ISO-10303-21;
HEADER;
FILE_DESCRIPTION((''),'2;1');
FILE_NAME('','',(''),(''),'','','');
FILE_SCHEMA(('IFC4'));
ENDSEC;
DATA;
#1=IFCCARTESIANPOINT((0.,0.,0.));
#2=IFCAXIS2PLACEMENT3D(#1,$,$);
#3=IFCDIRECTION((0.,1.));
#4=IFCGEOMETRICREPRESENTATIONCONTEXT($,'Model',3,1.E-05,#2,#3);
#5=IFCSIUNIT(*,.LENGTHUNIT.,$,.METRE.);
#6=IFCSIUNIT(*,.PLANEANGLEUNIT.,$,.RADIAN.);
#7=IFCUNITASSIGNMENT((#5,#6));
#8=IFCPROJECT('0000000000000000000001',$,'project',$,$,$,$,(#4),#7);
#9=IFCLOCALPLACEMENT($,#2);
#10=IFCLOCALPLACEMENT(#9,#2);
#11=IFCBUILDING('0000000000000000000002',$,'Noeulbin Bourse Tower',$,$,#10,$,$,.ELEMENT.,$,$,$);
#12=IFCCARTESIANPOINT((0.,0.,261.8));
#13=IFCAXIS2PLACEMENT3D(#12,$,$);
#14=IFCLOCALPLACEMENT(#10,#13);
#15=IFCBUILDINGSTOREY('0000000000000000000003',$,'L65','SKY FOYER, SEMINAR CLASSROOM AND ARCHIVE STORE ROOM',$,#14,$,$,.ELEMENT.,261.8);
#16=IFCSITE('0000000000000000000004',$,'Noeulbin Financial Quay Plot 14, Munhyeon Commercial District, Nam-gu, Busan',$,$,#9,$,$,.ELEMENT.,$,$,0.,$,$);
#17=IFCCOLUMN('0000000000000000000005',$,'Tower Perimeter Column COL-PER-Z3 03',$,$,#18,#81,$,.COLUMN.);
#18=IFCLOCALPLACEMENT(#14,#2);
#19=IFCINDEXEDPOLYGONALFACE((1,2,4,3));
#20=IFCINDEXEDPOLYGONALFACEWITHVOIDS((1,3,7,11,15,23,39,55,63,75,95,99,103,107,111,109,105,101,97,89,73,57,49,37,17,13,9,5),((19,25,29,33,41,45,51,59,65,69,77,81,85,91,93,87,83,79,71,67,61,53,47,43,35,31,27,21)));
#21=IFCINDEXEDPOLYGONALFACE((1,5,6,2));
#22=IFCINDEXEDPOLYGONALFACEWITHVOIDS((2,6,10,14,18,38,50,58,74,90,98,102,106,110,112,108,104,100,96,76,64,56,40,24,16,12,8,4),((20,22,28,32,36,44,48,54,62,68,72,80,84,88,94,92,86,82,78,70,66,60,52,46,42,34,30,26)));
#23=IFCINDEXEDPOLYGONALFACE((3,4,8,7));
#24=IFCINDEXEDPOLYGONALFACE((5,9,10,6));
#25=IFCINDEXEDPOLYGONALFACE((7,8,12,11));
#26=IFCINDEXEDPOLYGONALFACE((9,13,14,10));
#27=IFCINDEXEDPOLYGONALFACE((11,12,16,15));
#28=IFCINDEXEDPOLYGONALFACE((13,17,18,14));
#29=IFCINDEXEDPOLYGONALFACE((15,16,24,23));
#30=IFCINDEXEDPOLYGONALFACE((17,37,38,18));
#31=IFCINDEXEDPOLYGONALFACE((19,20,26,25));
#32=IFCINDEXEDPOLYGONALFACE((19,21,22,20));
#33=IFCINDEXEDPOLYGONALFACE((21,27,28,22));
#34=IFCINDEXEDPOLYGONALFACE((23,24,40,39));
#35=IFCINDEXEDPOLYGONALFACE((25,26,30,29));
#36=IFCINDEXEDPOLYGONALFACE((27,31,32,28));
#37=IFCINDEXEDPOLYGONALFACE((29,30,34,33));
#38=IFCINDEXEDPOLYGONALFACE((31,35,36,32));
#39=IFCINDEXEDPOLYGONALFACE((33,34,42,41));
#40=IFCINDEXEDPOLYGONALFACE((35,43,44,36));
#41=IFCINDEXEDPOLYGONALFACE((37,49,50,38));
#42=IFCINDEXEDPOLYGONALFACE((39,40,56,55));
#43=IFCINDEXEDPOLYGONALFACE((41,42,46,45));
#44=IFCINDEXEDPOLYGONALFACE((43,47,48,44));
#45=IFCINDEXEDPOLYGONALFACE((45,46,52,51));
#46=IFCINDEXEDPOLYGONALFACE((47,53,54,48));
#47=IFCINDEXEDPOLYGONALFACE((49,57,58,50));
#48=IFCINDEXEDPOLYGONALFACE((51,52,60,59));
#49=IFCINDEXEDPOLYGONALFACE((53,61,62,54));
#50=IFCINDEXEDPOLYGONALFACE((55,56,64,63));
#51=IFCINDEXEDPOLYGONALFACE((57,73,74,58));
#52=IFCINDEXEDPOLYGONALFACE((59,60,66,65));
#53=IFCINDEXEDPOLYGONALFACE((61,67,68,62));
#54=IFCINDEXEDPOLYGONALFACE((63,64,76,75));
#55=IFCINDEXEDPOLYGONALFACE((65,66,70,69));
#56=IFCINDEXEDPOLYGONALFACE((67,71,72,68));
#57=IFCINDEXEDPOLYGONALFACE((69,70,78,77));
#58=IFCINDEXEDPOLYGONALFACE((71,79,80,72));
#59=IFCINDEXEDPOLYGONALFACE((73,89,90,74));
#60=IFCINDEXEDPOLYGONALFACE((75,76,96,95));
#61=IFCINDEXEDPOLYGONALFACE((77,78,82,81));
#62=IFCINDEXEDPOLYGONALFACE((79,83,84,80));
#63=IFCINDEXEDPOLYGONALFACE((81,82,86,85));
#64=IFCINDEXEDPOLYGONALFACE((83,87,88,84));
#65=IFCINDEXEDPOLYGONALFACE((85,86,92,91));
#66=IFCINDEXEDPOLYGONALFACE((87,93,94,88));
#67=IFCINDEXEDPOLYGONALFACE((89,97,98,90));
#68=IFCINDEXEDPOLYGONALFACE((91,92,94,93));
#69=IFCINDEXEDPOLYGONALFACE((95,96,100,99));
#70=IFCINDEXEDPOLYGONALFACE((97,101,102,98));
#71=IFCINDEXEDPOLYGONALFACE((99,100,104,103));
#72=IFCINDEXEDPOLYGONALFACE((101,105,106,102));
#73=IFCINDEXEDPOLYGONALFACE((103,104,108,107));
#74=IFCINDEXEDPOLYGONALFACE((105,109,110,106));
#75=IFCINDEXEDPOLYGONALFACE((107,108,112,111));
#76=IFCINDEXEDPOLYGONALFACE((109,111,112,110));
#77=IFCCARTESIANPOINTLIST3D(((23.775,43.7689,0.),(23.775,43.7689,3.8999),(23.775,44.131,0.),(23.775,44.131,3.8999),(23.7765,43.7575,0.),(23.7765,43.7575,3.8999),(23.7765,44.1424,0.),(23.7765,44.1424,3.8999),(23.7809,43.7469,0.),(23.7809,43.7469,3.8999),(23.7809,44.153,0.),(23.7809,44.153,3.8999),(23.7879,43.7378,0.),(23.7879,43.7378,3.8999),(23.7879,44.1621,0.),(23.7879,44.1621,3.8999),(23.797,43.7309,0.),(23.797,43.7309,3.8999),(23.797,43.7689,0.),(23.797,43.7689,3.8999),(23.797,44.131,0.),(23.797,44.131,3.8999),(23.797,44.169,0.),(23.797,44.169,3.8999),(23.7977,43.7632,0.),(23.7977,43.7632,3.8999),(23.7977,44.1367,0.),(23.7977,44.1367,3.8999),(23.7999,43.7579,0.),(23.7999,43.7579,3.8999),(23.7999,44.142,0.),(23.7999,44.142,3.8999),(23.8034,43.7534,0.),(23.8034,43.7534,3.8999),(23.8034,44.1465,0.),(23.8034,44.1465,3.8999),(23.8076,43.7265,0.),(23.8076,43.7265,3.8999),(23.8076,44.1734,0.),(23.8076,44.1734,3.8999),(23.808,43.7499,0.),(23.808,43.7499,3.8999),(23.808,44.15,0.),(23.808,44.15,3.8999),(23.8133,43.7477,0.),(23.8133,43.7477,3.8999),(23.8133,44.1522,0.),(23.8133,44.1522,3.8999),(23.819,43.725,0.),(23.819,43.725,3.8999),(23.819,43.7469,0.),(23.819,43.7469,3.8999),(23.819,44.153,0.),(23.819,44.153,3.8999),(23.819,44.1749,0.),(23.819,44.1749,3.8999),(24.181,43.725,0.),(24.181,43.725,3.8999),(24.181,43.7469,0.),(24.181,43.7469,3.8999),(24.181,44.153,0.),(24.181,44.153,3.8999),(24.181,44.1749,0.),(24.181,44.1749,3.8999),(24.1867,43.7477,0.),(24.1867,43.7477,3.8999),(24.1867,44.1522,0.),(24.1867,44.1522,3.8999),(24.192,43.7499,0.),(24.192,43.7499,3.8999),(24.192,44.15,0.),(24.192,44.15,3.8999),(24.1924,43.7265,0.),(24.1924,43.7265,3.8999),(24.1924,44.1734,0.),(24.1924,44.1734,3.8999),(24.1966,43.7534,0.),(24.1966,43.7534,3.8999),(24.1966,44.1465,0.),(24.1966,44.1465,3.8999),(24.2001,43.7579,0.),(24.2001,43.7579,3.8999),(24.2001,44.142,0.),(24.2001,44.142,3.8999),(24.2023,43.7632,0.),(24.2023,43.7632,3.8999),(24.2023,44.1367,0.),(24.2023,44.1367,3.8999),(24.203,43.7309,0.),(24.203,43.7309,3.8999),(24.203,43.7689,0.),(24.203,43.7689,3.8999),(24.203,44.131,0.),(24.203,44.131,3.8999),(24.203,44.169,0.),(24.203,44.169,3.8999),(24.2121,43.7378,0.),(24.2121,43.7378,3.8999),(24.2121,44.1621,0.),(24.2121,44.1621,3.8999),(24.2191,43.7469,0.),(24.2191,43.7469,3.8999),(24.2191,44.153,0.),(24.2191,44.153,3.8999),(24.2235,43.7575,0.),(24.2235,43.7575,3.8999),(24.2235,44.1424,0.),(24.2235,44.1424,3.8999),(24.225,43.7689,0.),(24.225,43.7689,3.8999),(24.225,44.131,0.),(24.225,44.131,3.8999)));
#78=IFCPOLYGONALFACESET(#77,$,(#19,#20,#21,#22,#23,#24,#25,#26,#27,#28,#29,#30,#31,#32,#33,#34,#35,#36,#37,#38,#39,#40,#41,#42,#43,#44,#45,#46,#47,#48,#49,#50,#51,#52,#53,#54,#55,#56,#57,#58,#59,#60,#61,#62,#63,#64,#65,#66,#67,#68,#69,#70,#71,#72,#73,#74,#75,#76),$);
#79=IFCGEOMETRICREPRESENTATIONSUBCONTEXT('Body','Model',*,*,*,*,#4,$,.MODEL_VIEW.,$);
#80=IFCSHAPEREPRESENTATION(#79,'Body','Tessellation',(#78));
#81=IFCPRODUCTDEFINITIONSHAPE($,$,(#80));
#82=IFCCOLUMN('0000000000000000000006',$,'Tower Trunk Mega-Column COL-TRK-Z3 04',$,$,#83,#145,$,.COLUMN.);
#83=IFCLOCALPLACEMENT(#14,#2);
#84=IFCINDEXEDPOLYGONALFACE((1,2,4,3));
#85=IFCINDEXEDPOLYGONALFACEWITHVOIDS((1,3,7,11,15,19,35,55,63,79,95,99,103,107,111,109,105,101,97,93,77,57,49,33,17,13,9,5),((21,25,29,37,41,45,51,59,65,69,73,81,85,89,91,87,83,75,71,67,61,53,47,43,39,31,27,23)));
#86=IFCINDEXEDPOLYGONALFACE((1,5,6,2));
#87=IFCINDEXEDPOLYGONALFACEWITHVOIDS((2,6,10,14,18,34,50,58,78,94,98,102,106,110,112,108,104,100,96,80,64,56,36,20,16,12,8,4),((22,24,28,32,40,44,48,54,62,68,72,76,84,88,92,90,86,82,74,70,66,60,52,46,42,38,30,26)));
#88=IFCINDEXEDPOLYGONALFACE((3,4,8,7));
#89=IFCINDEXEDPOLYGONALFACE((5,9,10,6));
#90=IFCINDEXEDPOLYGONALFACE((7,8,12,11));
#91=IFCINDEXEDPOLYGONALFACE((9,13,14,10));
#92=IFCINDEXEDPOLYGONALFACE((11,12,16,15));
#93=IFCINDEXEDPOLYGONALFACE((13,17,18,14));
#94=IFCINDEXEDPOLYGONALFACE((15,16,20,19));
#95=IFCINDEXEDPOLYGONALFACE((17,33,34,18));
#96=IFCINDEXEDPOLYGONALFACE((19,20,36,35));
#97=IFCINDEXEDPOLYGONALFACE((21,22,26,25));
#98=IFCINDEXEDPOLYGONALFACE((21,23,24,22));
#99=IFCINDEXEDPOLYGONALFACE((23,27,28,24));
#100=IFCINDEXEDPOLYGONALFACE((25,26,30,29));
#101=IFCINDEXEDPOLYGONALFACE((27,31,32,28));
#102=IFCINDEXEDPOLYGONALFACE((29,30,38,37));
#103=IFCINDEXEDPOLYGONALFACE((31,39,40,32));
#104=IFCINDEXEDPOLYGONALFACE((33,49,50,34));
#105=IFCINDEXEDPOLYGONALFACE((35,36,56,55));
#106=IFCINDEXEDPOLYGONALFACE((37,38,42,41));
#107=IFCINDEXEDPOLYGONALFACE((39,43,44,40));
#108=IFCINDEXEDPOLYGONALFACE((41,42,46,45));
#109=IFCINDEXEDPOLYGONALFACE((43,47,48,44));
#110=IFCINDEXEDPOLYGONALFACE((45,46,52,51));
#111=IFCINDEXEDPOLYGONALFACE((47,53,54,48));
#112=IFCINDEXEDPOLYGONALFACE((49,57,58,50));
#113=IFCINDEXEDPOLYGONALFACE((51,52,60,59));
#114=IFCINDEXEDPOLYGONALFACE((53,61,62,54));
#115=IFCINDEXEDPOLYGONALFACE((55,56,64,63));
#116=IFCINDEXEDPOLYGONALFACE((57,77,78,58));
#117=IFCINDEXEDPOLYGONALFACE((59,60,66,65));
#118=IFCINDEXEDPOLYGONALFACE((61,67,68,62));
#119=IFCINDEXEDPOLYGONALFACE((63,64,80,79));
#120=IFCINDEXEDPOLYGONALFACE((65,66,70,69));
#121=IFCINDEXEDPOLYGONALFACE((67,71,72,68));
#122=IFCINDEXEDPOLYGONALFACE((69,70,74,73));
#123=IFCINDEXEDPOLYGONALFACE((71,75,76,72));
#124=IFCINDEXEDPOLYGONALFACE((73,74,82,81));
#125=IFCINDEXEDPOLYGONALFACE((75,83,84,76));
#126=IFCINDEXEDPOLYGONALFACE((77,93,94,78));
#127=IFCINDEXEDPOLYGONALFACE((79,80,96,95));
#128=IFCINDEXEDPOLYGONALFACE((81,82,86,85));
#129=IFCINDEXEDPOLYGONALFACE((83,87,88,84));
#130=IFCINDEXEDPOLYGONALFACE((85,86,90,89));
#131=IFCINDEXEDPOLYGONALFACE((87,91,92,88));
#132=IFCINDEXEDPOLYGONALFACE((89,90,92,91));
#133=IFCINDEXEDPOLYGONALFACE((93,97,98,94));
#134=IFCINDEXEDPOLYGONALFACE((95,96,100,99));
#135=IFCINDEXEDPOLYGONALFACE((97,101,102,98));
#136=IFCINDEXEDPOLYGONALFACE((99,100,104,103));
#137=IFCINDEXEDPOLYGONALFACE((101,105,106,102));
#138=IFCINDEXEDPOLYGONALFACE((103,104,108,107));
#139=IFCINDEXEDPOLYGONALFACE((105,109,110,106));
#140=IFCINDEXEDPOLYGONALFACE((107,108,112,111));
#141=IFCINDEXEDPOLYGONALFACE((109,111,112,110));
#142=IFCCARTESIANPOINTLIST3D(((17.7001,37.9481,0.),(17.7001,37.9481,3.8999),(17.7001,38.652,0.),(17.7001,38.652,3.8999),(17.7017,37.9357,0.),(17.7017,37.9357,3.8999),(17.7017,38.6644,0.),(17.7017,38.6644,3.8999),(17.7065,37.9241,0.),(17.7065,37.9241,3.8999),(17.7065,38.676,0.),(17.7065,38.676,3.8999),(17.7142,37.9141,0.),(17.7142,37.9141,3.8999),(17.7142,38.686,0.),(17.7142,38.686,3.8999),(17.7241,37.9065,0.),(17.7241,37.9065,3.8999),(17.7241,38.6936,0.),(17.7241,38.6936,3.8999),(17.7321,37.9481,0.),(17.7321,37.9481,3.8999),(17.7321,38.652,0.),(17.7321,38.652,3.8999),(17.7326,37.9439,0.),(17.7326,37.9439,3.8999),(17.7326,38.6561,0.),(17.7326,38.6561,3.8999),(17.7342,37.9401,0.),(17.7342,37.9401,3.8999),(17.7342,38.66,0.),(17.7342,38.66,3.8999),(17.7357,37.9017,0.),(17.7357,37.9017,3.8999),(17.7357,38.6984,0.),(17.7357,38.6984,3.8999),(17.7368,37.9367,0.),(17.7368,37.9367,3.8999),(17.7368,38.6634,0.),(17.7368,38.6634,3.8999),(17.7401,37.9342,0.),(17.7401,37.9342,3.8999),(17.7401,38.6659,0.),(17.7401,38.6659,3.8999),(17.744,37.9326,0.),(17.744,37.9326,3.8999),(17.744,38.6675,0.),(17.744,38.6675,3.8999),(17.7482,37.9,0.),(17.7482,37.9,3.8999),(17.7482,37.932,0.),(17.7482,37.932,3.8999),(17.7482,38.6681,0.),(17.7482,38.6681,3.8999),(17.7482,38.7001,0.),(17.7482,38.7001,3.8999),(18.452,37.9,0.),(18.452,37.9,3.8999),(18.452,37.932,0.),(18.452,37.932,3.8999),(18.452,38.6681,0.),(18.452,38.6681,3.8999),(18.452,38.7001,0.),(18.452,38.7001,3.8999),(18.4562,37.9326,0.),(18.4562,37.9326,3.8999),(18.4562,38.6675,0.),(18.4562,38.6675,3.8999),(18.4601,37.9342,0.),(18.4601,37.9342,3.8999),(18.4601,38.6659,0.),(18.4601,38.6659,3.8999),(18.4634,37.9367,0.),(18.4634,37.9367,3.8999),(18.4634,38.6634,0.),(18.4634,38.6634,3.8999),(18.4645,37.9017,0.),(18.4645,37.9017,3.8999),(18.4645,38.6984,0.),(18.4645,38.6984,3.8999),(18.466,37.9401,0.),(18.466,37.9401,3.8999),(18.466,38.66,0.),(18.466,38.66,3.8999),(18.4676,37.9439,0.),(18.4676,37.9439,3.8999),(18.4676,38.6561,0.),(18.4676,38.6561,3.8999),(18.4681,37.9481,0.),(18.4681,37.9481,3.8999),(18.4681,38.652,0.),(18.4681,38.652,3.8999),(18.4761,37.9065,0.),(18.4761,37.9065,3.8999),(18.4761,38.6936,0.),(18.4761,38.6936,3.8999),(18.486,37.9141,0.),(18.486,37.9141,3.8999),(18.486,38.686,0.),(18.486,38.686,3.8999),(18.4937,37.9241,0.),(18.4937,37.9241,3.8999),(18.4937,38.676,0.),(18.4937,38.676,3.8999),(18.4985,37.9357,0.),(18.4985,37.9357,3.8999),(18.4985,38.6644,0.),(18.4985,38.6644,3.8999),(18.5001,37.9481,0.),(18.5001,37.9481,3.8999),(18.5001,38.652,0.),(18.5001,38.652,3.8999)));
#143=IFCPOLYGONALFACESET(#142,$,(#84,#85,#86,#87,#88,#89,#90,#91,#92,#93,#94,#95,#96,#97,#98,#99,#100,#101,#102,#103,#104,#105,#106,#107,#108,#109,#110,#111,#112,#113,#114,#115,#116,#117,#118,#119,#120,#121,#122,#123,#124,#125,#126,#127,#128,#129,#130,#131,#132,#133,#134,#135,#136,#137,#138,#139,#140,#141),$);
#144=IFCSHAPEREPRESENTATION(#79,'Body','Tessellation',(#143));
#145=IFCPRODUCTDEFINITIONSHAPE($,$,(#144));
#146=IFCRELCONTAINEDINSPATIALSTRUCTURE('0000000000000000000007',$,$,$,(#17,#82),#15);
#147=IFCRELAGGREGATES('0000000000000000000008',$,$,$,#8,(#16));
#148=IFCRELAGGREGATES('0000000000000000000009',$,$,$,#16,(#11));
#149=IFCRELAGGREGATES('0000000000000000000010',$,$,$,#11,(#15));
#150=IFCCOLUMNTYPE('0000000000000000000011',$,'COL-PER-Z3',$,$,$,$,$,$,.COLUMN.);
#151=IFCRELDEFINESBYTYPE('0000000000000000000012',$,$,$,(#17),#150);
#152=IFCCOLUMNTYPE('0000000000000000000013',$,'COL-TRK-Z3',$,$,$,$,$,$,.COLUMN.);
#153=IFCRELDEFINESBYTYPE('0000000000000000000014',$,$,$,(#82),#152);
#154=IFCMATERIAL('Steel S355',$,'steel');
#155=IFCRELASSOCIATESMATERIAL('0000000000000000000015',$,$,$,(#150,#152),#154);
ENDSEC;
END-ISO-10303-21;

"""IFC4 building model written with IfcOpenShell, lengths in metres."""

from ifc_helpers import new_model, si_unit, direction, frame, origin, origin_2d, place, context, subcontext, project, spatial, hollow_rectangle, extrude, material, material_profile, profile_set, type_object, element, save


model = new_model("IFC4")

# Units and contexts
model_context = context("Model", 3, precision=1e-05, world=origin(), true_north=direction((0.0, 1.0)))
body_context = subcontext(model_context, "Body", "Model", "MODEL_VIEW")
ifc_project = project(units=[si_unit("LENGTHUNIT", "METRE"), si_unit("PLANEANGLEUNIT", "RADIAN")], contexts=[model_context])

# Site, building, storey
site_placement = place(None, origin())
site = spatial("IfcSite", under=ifc_project, at=site_placement, Name="Noeulbin Financial Quay Plot 14, Munhyeon Commercial District, Nam-gu, Busan", CompositionType="ELEMENT", RefElevation=0.0)
building_placement = place(site_placement, origin())
building = spatial("IfcBuilding", under=site, at=building_placement, Name="Noeulbin Bourse Tower", CompositionType="ELEMENT")
storey_placement = place(building_placement, frame((0.0, 0.0, 261.8)))
storey = spatial("IfcBuildingStorey", under=building, at=storey_placement, Name="L65", Description="SKY FOYER, SEMINAR CLASSROOM AND ARCHIVE STORE ROOM", CompositionType="ELEMENT", Elevation=261.8)

# Columns
ifc_material_1 = material(Name="Steel S355", Category="steel")
ifc_material_profile_1 = material_profile(ifc_material_1, hollow_rectangle(XDim=0.45, YDim=0.45, WallThickness=0.022, InnerFilletRadius=0.022, OuterFilletRadius=0.0439, at=origin_2d()), Name="SHS-450x450x22", Category="LoadBearing")
ifc_profile_set_1 = profile_set([ifc_material_profile_1], Name="Steel S355")
column_type_1 = type_object("IfcColumnType", Name="COL-PER-Z3", PredefinedType="COLUMN", material=ifc_profile_set_1)
column_placement = place(storey_placement, frame((24.0, 43.95, 0.0), z_axis=(0.0, 0.0, 1.0), x_axis=(1.0, 0.0, 0.0)))
element("IfcColumn", 1, at=column_placement, inside=storey, type_object=column_type_1, Name="Tower Perimeter Column COL-PER-Z3 03", PredefinedType="COLUMN", context=body_context, shape_type="SweptSolid", body=[
    extrude(hollow_rectangle(XDim=0.45, YDim=0.45, WallThickness=0.022, InnerFilletRadius=0.022, OuterFilletRadius=0.0439, at=origin_2d()), origin(), (0.0, 0.0, 1.0), 3.8999),
])
ifc_material_profile_2 = material_profile(ifc_material_1, hollow_rectangle(XDim=0.8, YDim=0.8, WallThickness=0.032, InnerFilletRadius=0.0161, OuterFilletRadius=0.0481, at=origin_2d()), Name="BOX-800x800x32", Category="LoadBearing")
ifc_profile_set_2 = profile_set([ifc_material_profile_2], Name="Steel S355")
column_type_2 = type_object("IfcColumnType", Name="COL-TRK-Z3", PredefinedType="COLUMN", material=ifc_profile_set_2)
for number, where, z_axis, x_axis, name in (
    (2, (18.1001, 38.3, 0.0), (0.0, 0.0, 1.0), (1.0, 0.0, 0.0), "Tower Trunk Mega-Column COL-TRK-Z3 04"),
):
    element("IfcColumn", number, at=place(storey_placement, frame(where, z_axis=z_axis, x_axis=x_axis)), inside=storey, type_object=column_type_2, Name=name, PredefinedType="COLUMN", context=body_context, shape_type="SweptSolid", body=[
        extrude(hollow_rectangle(XDim=0.8, YDim=0.8, WallThickness=0.032, InnerFilletRadius=0.0161, OuterFilletRadius=0.0481, at=origin_2d()), origin(), (0.0, 0.0, 1.0), 3.8999),
    ])

save(model, "model.ifc")
